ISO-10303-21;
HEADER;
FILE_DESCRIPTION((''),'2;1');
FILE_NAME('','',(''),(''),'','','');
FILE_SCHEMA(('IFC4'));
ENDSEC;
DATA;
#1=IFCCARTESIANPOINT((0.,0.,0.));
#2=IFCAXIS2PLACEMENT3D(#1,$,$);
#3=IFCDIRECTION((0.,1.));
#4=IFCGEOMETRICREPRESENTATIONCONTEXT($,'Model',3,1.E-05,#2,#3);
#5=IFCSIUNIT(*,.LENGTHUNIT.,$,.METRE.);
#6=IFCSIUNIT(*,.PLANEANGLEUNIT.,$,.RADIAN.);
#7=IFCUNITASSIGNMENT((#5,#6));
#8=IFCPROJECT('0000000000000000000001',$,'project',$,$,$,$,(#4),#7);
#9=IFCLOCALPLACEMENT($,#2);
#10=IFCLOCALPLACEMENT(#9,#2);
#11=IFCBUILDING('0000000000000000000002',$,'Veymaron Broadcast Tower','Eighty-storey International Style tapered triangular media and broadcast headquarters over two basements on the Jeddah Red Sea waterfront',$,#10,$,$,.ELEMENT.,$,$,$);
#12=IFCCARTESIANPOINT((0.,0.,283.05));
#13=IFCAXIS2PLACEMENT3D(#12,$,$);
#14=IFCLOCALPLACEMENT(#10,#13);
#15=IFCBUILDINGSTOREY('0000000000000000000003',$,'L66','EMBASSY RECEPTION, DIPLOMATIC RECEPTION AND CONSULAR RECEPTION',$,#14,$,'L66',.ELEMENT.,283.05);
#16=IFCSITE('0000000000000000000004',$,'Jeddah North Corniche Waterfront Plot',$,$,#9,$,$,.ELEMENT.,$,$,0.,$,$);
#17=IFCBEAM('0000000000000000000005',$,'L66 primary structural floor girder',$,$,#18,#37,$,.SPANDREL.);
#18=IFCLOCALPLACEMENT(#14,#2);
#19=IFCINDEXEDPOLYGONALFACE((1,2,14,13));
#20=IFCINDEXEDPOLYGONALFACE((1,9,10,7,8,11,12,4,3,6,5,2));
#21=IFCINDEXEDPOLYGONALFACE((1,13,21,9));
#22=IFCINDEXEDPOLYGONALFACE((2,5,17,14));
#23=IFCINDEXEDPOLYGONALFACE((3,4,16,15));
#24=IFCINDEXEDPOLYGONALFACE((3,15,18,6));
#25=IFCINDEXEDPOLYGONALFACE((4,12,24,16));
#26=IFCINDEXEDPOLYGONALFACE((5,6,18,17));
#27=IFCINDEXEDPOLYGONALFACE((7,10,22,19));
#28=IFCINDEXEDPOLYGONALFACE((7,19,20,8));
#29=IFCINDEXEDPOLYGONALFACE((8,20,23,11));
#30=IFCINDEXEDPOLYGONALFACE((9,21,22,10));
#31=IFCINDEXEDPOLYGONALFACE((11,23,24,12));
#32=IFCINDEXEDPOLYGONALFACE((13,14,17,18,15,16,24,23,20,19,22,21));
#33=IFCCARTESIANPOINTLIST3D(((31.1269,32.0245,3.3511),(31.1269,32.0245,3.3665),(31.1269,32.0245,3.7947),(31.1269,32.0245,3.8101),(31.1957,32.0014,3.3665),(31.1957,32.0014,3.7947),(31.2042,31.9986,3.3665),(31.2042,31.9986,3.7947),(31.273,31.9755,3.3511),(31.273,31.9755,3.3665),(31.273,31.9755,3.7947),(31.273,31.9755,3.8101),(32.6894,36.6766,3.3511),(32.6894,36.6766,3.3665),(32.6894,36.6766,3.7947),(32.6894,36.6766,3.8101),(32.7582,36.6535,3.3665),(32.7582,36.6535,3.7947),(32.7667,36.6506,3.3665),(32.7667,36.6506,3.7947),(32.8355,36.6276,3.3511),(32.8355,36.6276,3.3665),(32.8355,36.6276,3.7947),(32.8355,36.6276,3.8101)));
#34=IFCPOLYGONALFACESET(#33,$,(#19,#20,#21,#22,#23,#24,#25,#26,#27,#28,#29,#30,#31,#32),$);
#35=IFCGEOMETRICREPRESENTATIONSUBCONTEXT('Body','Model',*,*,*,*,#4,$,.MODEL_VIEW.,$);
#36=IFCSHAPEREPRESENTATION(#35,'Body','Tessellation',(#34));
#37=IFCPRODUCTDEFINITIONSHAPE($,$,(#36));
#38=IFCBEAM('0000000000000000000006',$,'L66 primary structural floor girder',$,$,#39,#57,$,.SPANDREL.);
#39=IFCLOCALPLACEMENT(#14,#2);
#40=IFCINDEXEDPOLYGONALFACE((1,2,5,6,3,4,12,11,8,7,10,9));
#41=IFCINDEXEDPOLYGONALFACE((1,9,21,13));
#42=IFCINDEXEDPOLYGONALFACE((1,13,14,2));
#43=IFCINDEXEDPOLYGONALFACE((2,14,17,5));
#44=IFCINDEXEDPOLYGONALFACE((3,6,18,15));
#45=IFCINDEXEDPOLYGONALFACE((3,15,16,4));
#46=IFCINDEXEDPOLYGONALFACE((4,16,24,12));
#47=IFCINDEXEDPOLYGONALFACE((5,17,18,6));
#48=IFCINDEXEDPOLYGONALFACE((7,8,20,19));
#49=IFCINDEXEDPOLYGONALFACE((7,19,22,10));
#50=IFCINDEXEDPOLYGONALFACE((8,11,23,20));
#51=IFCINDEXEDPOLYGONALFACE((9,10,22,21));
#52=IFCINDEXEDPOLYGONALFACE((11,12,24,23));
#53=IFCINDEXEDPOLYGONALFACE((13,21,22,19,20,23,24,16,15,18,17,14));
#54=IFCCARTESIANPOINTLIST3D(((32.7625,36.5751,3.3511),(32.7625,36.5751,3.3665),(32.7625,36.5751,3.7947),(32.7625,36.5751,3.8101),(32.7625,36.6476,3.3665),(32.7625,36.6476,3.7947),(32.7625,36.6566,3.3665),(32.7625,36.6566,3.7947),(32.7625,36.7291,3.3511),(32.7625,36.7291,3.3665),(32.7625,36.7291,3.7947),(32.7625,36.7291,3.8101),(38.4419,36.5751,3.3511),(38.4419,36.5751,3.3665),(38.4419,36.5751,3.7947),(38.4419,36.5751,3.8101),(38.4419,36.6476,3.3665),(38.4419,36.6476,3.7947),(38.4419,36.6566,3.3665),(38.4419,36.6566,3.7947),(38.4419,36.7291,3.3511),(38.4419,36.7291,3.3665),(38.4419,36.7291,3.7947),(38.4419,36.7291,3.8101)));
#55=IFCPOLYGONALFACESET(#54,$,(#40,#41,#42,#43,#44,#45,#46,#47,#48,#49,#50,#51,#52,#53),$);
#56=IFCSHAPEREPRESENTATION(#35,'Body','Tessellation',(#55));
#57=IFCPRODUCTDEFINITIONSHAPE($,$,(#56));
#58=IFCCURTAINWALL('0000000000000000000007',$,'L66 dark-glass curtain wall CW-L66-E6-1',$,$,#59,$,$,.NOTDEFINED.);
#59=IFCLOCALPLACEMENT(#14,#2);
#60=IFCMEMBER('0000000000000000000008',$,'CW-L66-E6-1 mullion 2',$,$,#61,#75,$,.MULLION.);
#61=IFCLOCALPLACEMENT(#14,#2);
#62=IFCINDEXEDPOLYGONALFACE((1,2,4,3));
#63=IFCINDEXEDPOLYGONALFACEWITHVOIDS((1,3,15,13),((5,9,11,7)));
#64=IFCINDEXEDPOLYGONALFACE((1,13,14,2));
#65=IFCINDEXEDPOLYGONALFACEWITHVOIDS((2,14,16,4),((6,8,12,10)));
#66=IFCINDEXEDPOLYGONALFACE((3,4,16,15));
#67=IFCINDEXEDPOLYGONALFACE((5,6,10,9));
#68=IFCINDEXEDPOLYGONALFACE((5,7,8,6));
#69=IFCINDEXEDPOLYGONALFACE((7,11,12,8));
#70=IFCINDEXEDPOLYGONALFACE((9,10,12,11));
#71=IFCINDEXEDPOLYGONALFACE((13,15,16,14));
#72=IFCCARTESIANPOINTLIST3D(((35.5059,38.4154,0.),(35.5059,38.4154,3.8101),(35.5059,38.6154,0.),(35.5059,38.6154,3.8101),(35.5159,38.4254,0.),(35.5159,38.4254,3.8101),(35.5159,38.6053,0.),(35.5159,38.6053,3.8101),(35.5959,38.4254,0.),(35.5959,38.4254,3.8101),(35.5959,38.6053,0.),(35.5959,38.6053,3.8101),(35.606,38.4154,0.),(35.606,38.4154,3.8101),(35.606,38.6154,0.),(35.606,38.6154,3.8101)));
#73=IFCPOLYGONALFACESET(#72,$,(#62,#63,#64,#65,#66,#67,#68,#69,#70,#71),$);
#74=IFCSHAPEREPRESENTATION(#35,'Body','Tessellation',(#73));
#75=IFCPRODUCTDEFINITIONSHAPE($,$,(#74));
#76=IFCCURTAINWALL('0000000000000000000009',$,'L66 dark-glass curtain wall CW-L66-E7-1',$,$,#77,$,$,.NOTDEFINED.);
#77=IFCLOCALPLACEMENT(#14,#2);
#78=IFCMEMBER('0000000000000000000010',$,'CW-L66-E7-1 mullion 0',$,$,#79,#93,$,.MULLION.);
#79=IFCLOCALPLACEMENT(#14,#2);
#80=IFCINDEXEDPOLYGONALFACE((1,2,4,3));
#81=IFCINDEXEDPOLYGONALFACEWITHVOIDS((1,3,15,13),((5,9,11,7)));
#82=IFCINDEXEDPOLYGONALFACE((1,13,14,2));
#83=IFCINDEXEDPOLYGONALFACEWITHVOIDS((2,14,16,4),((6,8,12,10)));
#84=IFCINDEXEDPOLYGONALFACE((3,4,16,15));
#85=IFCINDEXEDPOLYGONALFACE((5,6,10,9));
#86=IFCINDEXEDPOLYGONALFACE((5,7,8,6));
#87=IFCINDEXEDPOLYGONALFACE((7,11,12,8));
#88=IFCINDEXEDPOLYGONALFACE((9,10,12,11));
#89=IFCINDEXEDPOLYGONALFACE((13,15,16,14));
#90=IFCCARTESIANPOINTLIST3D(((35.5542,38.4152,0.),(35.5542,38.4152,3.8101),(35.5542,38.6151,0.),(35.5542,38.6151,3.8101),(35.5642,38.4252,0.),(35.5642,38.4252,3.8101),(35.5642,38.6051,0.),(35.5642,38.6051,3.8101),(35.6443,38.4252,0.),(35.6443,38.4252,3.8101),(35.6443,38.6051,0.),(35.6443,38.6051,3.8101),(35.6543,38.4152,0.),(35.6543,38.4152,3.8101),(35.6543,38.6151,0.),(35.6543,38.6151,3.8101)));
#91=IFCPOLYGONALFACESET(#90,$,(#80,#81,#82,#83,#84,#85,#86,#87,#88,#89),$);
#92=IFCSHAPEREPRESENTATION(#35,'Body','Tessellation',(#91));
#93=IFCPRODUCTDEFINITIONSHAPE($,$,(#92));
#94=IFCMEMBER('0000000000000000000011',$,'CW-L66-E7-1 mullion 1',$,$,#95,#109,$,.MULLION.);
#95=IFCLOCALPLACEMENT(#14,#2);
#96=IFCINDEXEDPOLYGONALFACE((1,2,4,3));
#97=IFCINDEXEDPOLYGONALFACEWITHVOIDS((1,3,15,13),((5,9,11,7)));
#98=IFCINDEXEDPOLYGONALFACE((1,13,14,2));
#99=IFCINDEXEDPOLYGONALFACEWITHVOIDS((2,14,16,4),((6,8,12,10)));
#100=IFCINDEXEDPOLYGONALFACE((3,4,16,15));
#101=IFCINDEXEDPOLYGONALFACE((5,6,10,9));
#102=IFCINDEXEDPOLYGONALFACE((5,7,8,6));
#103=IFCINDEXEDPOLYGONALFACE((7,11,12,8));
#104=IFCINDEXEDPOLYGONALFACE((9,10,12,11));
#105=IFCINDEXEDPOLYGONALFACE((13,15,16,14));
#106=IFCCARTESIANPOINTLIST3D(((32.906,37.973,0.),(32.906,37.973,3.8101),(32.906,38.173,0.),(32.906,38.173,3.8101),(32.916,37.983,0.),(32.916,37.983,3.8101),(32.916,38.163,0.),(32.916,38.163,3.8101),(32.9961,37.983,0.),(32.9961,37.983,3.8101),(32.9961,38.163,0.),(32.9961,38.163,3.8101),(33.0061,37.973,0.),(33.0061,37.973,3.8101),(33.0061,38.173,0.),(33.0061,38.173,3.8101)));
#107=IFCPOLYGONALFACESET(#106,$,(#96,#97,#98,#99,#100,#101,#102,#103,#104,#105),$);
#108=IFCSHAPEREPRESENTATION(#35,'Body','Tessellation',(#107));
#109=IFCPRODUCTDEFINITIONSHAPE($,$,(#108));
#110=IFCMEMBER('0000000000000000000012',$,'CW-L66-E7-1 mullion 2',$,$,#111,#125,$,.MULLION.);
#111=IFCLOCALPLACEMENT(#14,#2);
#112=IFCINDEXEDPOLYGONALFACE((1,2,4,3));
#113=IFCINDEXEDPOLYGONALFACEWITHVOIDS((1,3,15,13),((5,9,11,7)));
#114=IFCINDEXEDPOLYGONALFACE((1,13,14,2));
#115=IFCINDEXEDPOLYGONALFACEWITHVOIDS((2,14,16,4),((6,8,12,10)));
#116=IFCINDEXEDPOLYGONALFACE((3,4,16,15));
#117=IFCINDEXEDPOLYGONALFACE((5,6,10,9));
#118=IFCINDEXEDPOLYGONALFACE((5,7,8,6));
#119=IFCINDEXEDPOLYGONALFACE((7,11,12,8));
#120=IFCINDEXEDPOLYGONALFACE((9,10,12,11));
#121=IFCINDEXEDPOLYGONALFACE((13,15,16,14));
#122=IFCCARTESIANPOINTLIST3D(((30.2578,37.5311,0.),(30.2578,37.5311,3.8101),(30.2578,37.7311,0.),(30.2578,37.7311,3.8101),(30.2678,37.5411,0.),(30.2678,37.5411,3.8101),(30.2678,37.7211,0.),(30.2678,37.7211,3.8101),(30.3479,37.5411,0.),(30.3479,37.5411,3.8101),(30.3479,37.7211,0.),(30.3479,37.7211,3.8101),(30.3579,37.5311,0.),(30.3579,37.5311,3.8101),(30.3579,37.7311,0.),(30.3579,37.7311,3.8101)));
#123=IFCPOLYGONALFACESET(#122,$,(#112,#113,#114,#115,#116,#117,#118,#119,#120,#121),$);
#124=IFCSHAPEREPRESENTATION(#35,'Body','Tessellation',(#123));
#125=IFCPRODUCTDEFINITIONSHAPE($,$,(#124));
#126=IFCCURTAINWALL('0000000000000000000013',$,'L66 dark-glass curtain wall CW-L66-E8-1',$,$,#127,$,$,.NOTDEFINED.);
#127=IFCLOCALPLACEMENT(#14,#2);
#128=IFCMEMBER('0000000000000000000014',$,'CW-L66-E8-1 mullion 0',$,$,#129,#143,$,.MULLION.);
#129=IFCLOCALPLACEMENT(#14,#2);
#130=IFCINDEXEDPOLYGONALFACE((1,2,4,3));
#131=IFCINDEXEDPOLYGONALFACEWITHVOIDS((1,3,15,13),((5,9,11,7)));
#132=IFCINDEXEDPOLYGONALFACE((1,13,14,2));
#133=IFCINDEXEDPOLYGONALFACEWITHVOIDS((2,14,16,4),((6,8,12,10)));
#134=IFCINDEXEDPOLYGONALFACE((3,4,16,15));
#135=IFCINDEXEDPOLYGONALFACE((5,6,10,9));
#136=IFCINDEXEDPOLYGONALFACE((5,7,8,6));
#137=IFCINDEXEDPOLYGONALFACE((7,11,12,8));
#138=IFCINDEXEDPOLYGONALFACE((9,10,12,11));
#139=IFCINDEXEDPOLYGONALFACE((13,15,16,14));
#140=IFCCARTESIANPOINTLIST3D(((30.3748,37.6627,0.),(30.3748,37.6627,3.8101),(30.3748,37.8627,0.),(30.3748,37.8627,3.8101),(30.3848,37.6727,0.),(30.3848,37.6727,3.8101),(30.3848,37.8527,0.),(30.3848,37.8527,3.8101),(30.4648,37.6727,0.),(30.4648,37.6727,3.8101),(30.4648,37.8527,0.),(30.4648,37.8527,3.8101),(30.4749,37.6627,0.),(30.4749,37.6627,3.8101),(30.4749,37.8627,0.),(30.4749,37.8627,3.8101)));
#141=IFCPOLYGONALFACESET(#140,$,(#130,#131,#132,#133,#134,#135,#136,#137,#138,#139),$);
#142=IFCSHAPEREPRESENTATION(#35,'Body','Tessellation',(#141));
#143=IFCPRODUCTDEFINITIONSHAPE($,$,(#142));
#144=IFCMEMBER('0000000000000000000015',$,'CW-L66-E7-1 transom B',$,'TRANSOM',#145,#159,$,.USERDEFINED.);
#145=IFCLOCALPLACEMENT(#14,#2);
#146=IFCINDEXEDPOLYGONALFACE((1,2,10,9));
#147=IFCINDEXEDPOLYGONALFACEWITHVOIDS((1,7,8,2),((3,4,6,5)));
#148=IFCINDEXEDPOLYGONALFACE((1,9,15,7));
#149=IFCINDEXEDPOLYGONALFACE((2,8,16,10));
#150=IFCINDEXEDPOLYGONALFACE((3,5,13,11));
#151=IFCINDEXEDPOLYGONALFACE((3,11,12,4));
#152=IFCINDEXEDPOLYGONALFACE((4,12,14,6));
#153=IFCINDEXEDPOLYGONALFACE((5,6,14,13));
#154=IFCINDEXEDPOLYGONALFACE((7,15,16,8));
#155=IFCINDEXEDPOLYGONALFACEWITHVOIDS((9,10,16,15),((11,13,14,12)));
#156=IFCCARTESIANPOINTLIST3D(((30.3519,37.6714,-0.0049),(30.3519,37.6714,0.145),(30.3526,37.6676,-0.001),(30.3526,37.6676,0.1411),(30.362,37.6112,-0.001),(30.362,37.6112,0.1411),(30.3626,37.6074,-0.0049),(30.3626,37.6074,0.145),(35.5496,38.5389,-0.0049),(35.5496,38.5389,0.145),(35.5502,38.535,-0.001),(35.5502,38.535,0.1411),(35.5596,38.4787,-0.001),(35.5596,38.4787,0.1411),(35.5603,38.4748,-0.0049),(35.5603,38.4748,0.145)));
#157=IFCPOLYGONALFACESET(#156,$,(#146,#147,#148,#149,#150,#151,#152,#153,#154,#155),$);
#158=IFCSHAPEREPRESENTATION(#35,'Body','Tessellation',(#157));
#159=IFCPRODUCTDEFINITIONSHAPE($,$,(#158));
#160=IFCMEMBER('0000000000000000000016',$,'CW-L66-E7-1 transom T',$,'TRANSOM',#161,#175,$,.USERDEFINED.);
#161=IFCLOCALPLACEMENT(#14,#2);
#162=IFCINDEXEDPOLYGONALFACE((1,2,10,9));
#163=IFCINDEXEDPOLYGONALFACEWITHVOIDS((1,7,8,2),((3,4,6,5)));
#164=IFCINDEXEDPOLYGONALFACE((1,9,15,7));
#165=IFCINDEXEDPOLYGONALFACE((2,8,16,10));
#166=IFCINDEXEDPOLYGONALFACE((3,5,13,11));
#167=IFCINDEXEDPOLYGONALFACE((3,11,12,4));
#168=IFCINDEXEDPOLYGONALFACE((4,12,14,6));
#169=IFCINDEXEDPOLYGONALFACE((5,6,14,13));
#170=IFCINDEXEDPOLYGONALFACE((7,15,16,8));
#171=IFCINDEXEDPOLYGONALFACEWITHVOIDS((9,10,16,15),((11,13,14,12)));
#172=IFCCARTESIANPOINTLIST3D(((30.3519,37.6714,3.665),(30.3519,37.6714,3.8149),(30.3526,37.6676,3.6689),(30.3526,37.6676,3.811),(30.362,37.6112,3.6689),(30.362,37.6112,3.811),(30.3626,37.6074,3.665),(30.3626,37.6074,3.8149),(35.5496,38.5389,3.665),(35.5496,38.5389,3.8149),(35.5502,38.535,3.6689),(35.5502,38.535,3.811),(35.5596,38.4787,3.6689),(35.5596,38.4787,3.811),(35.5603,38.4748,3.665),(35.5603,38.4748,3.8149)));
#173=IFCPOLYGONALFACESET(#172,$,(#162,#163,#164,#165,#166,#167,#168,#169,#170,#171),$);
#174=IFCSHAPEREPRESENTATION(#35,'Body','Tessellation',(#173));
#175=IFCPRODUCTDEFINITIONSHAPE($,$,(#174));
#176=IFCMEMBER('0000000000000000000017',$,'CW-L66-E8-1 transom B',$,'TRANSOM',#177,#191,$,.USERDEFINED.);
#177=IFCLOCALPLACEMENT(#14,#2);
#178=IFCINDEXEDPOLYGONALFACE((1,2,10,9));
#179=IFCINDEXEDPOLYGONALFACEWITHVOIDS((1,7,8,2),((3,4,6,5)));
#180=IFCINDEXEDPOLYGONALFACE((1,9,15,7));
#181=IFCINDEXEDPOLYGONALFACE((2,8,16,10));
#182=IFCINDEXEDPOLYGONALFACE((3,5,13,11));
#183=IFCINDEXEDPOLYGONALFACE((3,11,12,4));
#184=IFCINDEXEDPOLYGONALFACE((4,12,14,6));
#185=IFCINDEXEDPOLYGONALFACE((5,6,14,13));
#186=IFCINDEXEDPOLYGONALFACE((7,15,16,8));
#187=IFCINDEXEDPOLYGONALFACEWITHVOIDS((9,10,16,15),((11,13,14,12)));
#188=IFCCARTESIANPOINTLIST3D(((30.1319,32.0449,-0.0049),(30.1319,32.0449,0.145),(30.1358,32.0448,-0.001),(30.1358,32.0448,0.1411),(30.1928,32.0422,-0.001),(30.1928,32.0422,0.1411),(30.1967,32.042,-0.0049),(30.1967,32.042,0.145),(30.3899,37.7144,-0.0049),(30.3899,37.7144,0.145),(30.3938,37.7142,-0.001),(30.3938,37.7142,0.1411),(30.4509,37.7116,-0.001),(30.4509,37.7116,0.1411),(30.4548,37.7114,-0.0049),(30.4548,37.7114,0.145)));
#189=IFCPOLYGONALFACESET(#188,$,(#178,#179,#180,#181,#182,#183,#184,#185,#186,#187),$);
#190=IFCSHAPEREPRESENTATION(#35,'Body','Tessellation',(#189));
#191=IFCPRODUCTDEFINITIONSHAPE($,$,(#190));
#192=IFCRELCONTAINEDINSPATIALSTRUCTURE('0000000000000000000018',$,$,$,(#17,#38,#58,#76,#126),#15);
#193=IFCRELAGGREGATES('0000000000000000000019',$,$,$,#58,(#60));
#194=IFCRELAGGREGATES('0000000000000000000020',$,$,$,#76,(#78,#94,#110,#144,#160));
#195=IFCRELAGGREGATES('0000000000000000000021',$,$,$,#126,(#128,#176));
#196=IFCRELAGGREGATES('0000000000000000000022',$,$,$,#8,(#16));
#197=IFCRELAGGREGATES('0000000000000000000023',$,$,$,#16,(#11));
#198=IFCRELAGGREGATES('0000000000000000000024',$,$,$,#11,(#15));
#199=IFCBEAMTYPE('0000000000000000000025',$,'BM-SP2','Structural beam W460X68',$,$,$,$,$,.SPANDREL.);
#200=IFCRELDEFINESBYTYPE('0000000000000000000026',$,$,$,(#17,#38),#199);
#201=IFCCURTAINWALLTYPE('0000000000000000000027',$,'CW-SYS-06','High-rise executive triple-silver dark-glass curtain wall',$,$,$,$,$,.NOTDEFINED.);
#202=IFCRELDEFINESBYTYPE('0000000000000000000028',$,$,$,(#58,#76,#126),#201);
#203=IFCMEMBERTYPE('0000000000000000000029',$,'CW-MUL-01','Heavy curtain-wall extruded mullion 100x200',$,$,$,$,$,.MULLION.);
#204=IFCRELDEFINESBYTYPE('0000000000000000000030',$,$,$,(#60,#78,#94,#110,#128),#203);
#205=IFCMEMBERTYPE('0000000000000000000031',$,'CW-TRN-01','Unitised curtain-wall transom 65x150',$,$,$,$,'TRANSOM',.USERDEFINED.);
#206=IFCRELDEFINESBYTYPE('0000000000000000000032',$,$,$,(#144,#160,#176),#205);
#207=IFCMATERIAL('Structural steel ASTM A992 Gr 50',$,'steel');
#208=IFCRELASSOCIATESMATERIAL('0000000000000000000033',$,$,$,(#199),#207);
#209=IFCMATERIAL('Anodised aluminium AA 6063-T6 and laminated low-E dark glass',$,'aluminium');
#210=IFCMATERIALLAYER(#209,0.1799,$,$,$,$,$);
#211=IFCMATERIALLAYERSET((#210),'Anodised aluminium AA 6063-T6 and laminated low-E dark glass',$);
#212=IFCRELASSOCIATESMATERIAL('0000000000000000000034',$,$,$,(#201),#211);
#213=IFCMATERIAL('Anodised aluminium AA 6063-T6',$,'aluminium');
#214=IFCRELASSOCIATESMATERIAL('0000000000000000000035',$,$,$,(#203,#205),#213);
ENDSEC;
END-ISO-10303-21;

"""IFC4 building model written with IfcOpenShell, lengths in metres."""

from ifc_helpers import new_model, si_unit, direction, frame, origin, origin_2d, place, context, subcontext, project, spatial, hollow_rectangle, i_section, extrude, material, layer, layer_set, material_profile, profile_set, type_object, element, aggregate, save


model = new_model("IFC4")

# Units and contexts
model_context = context("Model", 3, precision=1e-05, world=origin(), true_north=direction((0.0, 1.0)))
body_context = subcontext(model_context, "Body", "Model", "MODEL_VIEW")
ifc_project = project(units=[si_unit("LENGTHUNIT", "METRE"), si_unit("PLANEANGLEUNIT", "RADIAN")], contexts=[model_context])

# Site, building, storey
site_placement = place(None, origin())
site = spatial("IfcSite", under=ifc_project, at=site_placement, Name="Jeddah North Corniche Waterfront Plot", CompositionType="ELEMENT", RefElevation=0.0)
building_placement = place(site_placement, origin())
building = spatial("IfcBuilding", under=site, at=building_placement, Name="Veymaron Broadcast Tower", Description="Eighty-storey International Style tapered triangular media and broadcast headquarters over two basements on the Jeddah Red Sea waterfront", CompositionType="ELEMENT")
storey_placement = place(building_placement, frame((0.0, 0.0, 283.05)))
storey = spatial("IfcBuildingStorey", under=building, at=storey_placement, Name="L66", Description="EMBASSY RECEPTION, DIPLOMATIC RECEPTION AND CONSULAR RECEPTION", LongName="L66", CompositionType="ELEMENT", Elevation=283.05)

# Shared definitions
ifc_material_1 = material(Name="Structural steel ASTM A992 Gr 50", Category="steel")

# Beams
ifc_material_profile_1 = material_profile(ifc_material_1, i_section(OverallWidth=0.1541, OverallDepth=0.459, WebThickness=0.009, FlangeThickness=0.0154, at=origin_2d()), Name="W460X68")
ifc_profile_set_1 = profile_set([ifc_material_profile_1], Name="Structural steel ASTM A992 Gr 50")
beam_type_1 = type_object("IfcBeamType", Name="BM-SP2", Description="Structural beam W460X68", PredefinedType="SPANDREL", material=ifc_profile_set_1)
beam_1_placement = place(storey_placement, frame((31.2, 32.0, 3.5806), z_axis=(0.318391, 0.947959, 0.0), x_axis=(-0.947959, 0.318391, 0.0)))
element("IfcBeam", 1, at=beam_1_placement, inside=storey, type_object=beam_type_1, Name="L66 primary structural floor girder", PredefinedType="SPANDREL", context=body_context, shape_type="SweptSolid", body=[
    extrude(i_section(OverallWidth=0.1541, OverallDepth=0.459, WebThickness=0.009, FlangeThickness=0.0154, at=origin_2d()), origin(), (0.0, 0.0, 1.0), 4.9075),
])
beam_2_placement = place(storey_placement, frame((32.7625, 36.6521, 3.5806), z_axis=(1.0, 0.0, 0.0), x_axis=(0.0, 1.0, 0.0)))
element("IfcBeam", 2, at=beam_2_placement, inside=storey, type_object=beam_type_1, Name="L66 primary structural floor girder", PredefinedType="SPANDREL", context=body_context, shape_type="SweptSolid", body=[
    extrude(i_section(OverallWidth=0.1541, OverallDepth=0.459, WebThickness=0.009, FlangeThickness=0.0154, at=origin_2d()), origin(), (0.0, 0.0, 1.0), 5.6794),
])

# Curtain wall, member
ifc_material_2 = material(Name="Anodised aluminium AA 6063-T6 and laminated low-E dark glass", Category="aluminium")
ifc_layer_1 = layer(ifc_material_2, 0.1799)
ifc_layer_set_1 = layer_set([ifc_layer_1], Name="Anodised aluminium AA 6063-T6 and laminated low-E dark glass")
curtain_wall_type = type_object("IfcCurtainWallType", Name="CW-SYS-06", Description="High-rise executive triple-silver dark-glass curtain wall", PredefinedType="NOTDEFINED", material=ifc_layer_set_1)
curtain_wall_1_placement = place(storey_placement, origin())
curtain_wall_1 = element("IfcCurtainWall", 3, at=curtain_wall_1_placement, inside=storey, type_object=curtain_wall_type, Name="L66 dark-glass curtain wall CW-L66-E6-1", PredefinedType="NOTDEFINED")
ifc_material_3 = material(Name="Anodised aluminium AA 6063-T6", Category="aluminium")
ifc_material_profile_2 = material_profile(ifc_material_3, hollow_rectangle(XDim=0.1001, YDim=0.2, WallThickness=0.01, at=origin_2d()), Name="RHS200X100X10")
ifc_profile_set_2 = profile_set([ifc_material_profile_2], Name="Anodised aluminium AA 6063-T6")
member_type_1 = type_object("IfcMemberType", Name="CW-MUL-01", Description="Heavy curtain-wall extruded mullion 100x200", PredefinedType="MULLION", material=ifc_profile_set_2)
member_1_placement = place(storey_placement, frame((35.5559, 38.5154, 0.0), z_axis=(0.0, 0.0, 1.0), x_axis=(1.0, 0.0, 0.0)))
member_1 = element("IfcMember", 4, at=member_1_placement, type_object=member_type_1, Name="CW-L66-E6-1 mullion 2", PredefinedType="MULLION", context=body_context, shape_type="SweptSolid", body=[
    extrude(hollow_rectangle(XDim=0.1001, YDim=0.2, WallThickness=0.01, at=origin_2d()), origin(), (0.0, 0.0, 1.0), 3.8101),
])
aggregate(curtain_wall_1, [member_1])

# Curtain wall, members
curtain_wall_2_placement = place(storey_placement, origin())
curtain_wall_2 = element("IfcCurtainWall", 5, at=curtain_wall_2_placement, inside=storey, type_object=curtain_wall_type, Name="L66 dark-glass curtain wall CW-L66-E7-1", PredefinedType="NOTDEFINED")
member_2_placement = place(storey_placement, frame((35.6042, 38.5151, 0.0), z_axis=(0.0, 0.0, 1.0), x_axis=(1.0, 0.0, 0.0)))
member_2 = element("IfcMember", 6, at=member_2_placement, type_object=member_type_1, Name="CW-L66-E7-1 mullion 0", PredefinedType="MULLION", context=body_context, shape_type="SweptSolid", body=[
    extrude(hollow_rectangle(XDim=0.1001, YDim=0.2, WallThickness=0.01, at=origin_2d()), origin(), (0.0, 0.0, 1.0), 3.8101),
])
member_3_placement = place(storey_placement, frame((32.9561, 38.073, 0.0), z_axis=(0.0, 0.0, 1.0), x_axis=(1.0, 0.0, 0.0)))
member_3 = element("IfcMember", 7, at=member_3_placement, type_object=member_type_1, Name="CW-L66-E7-1 mullion 1", PredefinedType="MULLION", context=body_context, shape_type="SweptSolid", body=[
    extrude(hollow_rectangle(XDim=0.1001, YDim=0.2, WallThickness=0.01, at=origin_2d()), origin(), (0.0, 0.0, 1.0), 3.8101),
])
member_4_placement = place(storey_placement, frame((30.3079, 37.6311, 0.0), z_axis=(0.0, 0.0, 1.0), x_axis=(1.0, 0.0, 0.0)))
member_4 = element("IfcMember", 8, at=member_4_placement, type_object=member_type_1, Name="CW-L66-E7-1 mullion 2", PredefinedType="MULLION", context=body_context, shape_type="SweptSolid", body=[
    extrude(hollow_rectangle(XDim=0.1001, YDim=0.2, WallThickness=0.01, at=origin_2d()), origin(), (0.0, 0.0, 1.0), 3.8101),
])

# Curtain wall, member
curtain_wall_3_placement = place(storey_placement, origin())
curtain_wall_3 = element("IfcCurtainWall", 9, at=curtain_wall_3_placement, inside=storey, type_object=curtain_wall_type, Name="L66 dark-glass curtain wall CW-L66-E8-1", PredefinedType="NOTDEFINED")
member_5_placement = place(storey_placement, frame((30.4248, 37.7627, 0.0), z_axis=(0.0, 0.0, 1.0), x_axis=(1.0, 0.0, 0.0)))
member_5 = element("IfcMember", 10, at=member_5_placement, type_object=member_type_1, Name="CW-L66-E8-1 mullion 0", PredefinedType="MULLION", context=body_context, shape_type="SweptSolid", body=[
    extrude(hollow_rectangle(XDim=0.1001, YDim=0.2, WallThickness=0.01, at=origin_2d()), origin(), (0.0, 0.0, 1.0), 3.8101),
])

# Members
ifc_material_profile_3 = material_profile(ifc_material_3, hollow_rectangle(XDim=0.0649, YDim=0.1499, WallThickness=0.0039, at=origin_2d()), Name="AL150X65X4")
ifc_profile_set_3 = profile_set([ifc_material_profile_3], Name="Anodised aluminium AA 6063-T6")
member_type_2 = type_object("IfcMemberType", Name="CW-TRN-01", Description="Unitised curtain-wall transom 65x150", ElementType="TRANSOM", PredefinedType="USERDEFINED", material=ifc_profile_set_3)
member_6_placement = place(storey_placement, frame((35.5549, 38.5068, 0.0701), z_axis=(-0.986359, -0.164609, 0.0), x_axis=(0.164609, -0.986359, 0.0)))
member_6 = element("IfcMember", 11, at=member_6_placement, type_object=member_type_2, Name="CW-L66-E7-1 transom B", ObjectType="TRANSOM", PredefinedType="USERDEFINED", context=body_context, shape_type="SweptSolid", body=[
    extrude(hollow_rectangle(XDim=0.0649, YDim=0.1499, WallThickness=0.0039, at=origin_2d()), origin(), (0.0, 0.0, 1.0), 5.2695),
])
member_7_placement = place(storey_placement, frame((35.5549, 38.5068, 3.74), z_axis=(-0.986359, -0.164609, 0.0), x_axis=(0.164609, -0.986359, 0.0)))
member_7 = element("IfcMember", 12, at=member_7_placement, type_object=member_type_2, Name="CW-L66-E7-1 transom T", ObjectType="TRANSOM", PredefinedType="USERDEFINED", context=body_context, shape_type="SweptSolid", body=[
    extrude(hollow_rectangle(XDim=0.0649, YDim=0.1499, WallThickness=0.0039, at=origin_2d()), origin(), (0.0, 0.0, 1.0), 5.2695),
])
member_8_placement = place(storey_placement, frame((30.4224, 37.7129, 0.0701), z_axis=(-0.04547, -0.998966, 0.0), x_axis=(0.998966, -0.04547, 0.0)))
member_8 = element("IfcMember", 13, at=member_8_placement, type_object=member_type_2, Name="CW-L66-E8-1 transom B", ObjectType="TRANSOM", PredefinedType="USERDEFINED", context=body_context, shape_type="SweptSolid", body=[
    extrude(hollow_rectangle(XDim=0.0649, YDim=0.1499, WallThickness=0.0039, at=origin_2d()), origin(), (0.0, 0.0, 1.0), 5.6753),
])

aggregate(curtain_wall_2, [member_2, member_3, member_4, member_6, member_7])
aggregate(curtain_wall_3, [member_5, member_8])

save(model, "model.ifc")
